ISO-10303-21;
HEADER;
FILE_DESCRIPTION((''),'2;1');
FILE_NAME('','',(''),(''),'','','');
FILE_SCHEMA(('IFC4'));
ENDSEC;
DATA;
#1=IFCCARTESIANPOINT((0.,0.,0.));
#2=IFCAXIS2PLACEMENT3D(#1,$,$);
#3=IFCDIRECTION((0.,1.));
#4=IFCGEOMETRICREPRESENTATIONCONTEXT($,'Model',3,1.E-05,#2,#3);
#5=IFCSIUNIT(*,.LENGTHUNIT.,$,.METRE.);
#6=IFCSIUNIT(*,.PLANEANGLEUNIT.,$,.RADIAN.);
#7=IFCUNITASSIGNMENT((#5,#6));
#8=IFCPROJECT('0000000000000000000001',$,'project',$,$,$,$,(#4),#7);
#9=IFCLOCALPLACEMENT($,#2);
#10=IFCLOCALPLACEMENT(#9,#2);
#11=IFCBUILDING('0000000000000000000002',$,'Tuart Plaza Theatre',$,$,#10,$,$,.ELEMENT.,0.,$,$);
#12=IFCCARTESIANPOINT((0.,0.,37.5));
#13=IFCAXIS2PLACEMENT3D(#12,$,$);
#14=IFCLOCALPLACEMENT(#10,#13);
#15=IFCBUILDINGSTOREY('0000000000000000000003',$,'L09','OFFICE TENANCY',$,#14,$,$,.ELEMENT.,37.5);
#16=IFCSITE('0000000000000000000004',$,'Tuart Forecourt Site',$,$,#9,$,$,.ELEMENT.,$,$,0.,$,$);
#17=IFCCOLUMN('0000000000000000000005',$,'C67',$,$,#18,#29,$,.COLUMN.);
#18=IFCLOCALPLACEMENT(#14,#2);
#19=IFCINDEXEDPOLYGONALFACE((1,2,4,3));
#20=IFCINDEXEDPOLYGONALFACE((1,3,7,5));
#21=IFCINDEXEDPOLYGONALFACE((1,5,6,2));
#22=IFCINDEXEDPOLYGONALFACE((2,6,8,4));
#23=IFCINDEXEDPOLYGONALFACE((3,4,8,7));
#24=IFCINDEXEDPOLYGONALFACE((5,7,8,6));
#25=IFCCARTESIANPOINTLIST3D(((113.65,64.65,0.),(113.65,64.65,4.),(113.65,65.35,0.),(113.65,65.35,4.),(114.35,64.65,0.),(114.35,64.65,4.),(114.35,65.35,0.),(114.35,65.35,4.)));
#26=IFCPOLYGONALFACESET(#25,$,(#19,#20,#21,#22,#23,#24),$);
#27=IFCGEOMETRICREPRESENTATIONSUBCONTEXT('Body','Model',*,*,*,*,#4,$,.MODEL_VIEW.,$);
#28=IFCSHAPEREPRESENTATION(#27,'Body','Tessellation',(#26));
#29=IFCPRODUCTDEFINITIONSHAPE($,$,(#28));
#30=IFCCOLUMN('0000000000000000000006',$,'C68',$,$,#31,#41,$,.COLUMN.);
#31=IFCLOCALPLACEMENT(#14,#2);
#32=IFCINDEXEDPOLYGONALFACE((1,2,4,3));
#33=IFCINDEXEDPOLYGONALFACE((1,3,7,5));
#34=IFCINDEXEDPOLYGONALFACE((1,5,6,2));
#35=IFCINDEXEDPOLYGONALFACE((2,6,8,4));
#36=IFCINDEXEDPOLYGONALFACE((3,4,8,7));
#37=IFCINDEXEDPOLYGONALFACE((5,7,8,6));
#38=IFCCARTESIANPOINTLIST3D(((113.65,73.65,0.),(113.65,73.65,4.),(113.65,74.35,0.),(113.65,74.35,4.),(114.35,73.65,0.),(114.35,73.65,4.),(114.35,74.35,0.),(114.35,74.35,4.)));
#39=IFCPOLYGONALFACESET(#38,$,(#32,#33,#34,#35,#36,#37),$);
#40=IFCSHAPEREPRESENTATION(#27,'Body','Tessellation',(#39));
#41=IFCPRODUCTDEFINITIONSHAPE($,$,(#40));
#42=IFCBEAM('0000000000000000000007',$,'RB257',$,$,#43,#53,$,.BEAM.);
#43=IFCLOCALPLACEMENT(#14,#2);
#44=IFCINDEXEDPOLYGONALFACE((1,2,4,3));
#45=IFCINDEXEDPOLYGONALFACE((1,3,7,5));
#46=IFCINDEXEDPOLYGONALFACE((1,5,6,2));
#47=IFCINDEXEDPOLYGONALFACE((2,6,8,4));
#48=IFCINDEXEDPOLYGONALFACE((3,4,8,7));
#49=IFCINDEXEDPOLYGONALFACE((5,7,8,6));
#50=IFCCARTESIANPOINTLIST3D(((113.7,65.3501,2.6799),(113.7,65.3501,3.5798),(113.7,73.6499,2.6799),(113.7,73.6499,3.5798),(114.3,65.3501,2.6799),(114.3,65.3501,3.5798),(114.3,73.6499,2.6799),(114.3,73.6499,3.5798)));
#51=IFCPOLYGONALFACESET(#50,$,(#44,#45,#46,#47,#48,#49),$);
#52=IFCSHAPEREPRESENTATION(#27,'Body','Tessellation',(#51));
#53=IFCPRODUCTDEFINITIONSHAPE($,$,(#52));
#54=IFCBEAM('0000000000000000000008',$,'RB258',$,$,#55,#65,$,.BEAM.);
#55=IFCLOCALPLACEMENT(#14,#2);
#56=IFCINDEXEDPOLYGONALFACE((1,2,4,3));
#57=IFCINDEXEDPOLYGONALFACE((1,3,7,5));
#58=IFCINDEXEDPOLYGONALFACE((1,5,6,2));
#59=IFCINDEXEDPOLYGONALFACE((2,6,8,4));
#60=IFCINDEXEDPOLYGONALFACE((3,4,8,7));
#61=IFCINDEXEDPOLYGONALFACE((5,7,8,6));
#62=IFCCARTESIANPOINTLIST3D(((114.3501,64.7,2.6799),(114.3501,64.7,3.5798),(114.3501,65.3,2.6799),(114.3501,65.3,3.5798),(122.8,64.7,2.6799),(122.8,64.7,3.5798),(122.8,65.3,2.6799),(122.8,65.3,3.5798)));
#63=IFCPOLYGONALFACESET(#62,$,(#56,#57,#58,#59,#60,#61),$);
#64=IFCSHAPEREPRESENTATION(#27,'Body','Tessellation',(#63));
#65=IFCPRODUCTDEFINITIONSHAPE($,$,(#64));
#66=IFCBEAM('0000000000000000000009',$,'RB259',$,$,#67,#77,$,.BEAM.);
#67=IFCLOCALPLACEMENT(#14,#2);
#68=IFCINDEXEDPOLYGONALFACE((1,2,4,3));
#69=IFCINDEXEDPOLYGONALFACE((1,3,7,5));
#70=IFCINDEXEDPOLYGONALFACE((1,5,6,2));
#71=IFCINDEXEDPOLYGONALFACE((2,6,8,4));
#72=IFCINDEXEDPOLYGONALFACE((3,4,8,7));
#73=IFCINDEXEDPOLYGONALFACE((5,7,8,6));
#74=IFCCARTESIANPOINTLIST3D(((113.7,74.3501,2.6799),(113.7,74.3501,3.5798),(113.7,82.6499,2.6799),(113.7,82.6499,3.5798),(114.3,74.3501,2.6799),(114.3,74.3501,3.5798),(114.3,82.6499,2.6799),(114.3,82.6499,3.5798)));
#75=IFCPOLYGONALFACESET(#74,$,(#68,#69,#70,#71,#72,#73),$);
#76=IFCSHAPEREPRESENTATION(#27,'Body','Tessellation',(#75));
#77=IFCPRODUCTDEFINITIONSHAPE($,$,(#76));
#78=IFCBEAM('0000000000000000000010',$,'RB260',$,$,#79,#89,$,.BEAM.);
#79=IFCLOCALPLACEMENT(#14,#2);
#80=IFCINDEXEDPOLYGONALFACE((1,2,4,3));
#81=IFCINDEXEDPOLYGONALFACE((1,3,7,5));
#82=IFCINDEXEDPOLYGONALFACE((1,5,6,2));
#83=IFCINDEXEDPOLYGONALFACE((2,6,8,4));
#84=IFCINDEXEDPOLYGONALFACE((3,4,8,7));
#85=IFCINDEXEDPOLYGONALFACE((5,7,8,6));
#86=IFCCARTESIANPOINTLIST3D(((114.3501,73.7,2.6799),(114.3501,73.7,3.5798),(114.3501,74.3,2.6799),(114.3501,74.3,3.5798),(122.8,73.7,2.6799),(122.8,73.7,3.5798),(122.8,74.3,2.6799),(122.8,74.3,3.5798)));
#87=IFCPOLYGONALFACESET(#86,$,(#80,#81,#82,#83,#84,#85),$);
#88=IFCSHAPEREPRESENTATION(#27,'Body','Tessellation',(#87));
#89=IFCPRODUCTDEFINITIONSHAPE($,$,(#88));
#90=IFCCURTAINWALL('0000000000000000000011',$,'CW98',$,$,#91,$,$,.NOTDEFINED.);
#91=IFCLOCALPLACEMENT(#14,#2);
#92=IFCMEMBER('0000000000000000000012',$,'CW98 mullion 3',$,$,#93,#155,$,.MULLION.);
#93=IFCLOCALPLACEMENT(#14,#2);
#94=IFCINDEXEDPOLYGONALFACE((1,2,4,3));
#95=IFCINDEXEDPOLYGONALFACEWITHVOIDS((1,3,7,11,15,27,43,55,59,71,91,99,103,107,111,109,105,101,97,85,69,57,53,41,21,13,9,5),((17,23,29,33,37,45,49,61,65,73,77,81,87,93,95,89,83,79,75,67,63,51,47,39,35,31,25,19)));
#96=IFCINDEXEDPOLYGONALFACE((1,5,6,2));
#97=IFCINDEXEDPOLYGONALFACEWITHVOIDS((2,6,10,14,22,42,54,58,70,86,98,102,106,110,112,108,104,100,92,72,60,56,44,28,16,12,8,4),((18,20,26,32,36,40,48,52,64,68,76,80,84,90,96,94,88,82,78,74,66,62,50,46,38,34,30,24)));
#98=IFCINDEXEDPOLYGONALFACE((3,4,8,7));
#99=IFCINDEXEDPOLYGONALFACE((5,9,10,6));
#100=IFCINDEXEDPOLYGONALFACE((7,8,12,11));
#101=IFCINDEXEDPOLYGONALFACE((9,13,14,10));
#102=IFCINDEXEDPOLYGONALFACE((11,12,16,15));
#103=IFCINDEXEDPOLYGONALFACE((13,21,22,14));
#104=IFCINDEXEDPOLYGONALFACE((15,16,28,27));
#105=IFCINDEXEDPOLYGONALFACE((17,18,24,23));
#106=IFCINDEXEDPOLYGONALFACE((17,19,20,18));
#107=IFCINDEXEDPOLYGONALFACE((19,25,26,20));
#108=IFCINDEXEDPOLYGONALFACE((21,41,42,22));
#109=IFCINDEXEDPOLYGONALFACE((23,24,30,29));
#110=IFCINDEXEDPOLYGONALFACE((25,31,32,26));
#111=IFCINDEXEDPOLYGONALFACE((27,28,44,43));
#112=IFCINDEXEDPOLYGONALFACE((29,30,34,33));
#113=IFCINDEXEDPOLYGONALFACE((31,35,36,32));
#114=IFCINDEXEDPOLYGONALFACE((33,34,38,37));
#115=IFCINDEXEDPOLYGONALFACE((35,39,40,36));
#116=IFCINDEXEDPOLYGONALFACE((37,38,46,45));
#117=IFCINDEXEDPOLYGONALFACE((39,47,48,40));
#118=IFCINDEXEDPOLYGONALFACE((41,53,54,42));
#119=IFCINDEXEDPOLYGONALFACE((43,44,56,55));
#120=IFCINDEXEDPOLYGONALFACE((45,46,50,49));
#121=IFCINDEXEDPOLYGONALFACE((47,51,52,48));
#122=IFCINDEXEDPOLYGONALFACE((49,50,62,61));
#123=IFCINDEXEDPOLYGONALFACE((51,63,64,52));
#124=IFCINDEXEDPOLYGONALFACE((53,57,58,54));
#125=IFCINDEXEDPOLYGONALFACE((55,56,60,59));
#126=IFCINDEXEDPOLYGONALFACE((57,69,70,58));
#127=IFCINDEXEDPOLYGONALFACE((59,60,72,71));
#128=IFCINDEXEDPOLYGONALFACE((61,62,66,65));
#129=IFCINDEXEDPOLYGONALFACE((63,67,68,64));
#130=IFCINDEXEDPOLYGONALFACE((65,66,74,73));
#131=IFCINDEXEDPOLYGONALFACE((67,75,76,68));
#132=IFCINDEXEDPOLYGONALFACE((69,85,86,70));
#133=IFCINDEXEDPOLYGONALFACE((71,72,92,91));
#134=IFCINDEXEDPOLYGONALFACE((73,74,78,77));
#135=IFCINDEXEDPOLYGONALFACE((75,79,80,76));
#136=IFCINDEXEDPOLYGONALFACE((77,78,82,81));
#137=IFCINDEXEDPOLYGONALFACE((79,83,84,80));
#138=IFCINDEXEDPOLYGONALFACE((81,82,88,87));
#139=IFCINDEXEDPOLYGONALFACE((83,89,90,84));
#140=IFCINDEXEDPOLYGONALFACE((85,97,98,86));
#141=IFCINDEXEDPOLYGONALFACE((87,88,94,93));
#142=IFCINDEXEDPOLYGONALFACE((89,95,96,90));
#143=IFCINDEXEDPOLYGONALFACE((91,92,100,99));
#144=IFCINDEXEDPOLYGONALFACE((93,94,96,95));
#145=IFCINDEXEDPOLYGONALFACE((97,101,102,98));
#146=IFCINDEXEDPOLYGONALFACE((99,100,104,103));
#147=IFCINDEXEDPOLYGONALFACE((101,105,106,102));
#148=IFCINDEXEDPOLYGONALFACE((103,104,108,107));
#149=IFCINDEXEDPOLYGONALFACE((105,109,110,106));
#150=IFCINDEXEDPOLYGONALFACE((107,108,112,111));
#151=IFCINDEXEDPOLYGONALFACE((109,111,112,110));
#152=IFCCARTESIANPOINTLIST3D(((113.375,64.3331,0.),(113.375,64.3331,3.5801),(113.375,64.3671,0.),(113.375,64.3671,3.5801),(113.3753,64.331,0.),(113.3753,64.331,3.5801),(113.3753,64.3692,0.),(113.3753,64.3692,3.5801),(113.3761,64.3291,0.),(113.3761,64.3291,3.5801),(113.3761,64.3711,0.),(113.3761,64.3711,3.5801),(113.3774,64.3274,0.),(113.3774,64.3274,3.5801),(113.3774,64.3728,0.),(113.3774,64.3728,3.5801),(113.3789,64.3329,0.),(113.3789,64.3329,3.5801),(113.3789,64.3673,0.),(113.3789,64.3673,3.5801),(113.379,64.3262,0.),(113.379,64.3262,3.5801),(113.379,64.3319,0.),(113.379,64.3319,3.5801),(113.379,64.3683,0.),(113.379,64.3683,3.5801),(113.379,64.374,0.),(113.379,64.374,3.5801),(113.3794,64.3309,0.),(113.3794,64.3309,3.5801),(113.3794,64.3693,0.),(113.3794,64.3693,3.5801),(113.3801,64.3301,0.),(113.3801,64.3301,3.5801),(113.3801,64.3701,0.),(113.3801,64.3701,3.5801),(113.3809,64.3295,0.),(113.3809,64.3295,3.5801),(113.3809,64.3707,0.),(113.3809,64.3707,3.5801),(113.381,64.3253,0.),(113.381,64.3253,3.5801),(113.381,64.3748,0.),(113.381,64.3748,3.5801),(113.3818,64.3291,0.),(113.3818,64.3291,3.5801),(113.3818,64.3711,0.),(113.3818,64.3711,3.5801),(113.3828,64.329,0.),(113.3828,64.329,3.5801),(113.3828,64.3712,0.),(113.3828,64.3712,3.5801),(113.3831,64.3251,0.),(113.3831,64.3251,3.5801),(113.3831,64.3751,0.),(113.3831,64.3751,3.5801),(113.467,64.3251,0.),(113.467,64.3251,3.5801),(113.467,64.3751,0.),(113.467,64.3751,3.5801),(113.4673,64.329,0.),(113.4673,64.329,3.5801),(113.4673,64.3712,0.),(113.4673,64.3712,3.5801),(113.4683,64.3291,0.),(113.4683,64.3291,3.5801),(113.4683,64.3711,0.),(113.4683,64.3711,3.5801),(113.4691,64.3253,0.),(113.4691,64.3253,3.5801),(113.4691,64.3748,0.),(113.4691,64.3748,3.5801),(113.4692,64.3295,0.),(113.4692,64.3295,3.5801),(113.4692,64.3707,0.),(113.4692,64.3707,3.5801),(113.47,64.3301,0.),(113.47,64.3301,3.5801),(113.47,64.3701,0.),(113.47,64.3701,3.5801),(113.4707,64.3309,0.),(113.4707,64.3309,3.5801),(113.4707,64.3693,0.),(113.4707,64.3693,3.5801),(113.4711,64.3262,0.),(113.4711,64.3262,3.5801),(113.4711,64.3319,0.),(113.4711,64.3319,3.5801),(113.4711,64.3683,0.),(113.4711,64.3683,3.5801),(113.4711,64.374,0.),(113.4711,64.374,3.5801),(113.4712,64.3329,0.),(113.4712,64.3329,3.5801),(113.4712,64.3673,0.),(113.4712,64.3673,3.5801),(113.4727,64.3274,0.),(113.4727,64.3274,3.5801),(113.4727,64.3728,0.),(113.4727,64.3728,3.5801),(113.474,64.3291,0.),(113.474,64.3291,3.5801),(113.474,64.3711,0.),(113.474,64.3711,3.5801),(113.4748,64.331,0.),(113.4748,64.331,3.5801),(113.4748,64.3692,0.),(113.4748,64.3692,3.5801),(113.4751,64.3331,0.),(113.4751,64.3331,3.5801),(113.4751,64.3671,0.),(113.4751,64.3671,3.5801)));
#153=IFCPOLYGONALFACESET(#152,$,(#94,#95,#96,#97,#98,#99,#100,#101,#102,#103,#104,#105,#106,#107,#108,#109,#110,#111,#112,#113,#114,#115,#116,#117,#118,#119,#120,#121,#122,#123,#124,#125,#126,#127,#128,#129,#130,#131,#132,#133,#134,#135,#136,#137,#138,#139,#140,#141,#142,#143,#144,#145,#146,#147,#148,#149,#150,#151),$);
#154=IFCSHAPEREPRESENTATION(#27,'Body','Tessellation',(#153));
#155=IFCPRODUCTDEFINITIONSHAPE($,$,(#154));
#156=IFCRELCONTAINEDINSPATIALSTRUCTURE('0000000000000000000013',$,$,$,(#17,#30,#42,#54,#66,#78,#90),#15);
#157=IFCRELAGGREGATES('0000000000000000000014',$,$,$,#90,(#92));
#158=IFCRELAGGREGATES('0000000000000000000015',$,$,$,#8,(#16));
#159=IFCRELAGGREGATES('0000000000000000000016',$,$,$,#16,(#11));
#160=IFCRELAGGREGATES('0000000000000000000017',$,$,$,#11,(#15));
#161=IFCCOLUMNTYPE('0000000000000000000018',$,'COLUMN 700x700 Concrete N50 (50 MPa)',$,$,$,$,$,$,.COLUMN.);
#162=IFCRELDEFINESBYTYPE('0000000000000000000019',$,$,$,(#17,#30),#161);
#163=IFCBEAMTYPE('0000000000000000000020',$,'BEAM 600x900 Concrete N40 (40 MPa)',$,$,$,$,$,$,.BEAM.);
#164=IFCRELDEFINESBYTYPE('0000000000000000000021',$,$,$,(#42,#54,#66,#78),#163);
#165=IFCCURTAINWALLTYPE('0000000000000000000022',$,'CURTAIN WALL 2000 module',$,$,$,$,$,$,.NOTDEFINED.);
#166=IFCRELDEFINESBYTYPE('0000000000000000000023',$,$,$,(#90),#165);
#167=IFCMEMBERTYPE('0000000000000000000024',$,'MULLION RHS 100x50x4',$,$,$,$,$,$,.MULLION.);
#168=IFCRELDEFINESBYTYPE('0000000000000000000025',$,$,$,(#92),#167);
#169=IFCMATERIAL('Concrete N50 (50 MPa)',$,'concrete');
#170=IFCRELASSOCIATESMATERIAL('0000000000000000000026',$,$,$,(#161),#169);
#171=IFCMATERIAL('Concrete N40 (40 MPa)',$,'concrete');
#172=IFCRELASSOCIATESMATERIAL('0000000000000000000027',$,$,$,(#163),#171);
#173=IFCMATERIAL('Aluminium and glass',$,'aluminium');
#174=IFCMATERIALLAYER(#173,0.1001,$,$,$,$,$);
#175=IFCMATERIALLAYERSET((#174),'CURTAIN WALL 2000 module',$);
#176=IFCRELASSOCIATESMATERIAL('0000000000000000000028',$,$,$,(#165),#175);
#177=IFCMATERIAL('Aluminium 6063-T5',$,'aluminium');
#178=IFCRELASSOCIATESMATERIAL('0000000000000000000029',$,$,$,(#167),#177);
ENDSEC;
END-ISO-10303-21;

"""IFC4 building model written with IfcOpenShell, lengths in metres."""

from ifc_helpers import new_model, si_unit, direction, frame, origin, origin_2d, place, context, subcontext, project, spatial, rectangle, hollow_rectangle, extrude, material, layer, layer_set, material_profile, profile_set, type_object, element, aggregate, save


model = new_model("IFC4")

# Units and contexts
model_context = context("Model", 3, precision=1e-05, world=origin(), true_north=direction((0.0, 1.0)))
body_context = subcontext(model_context, "Body", "Model", "MODEL_VIEW")
ifc_project = project(units=[si_unit("LENGTHUNIT", "METRE"), si_unit("PLANEANGLEUNIT", "RADIAN")], contexts=[model_context])

# Site, building, storey
site_placement = place(None, origin())
site = spatial("IfcSite", under=ifc_project, at=site_placement, Name="Tuart Forecourt Site", CompositionType="ELEMENT", RefElevation=0.0)
building_placement = place(site_placement, origin())
building = spatial("IfcBuilding", under=site, at=building_placement, Name="Tuart Plaza Theatre", CompositionType="ELEMENT", ElevationOfRefHeight=0.0)
storey_placement = place(building_placement, frame((0.0, 0.0, 37.5)))
storey = spatial("IfcBuildingStorey", under=building, at=storey_placement, Name="L09", Description="OFFICE TENANCY", CompositionType="ELEMENT", Elevation=37.5)

# Columns
ifc_material_1 = material(Name="Concrete N50 (50 MPa)", Category="concrete")
ifc_material_profile_1 = material_profile(ifc_material_1, rectangle(XDim=0.7, YDim=0.7, at=origin_2d()), Name="COLUMN 700x700 Concrete N50 (50 MPa)")
ifc_profile_set_1 = profile_set([ifc_material_profile_1], Name="Concrete N50 (50 MPa)")
column_type = type_object("IfcColumnType", Name="COLUMN 700x700 Concrete N50 (50 MPa)", PredefinedType="COLUMN", material=ifc_profile_set_1)
for number, where, z_axis, x_axis, name in (
    (1, (114.0, 65.0, 0.0), (0.0, 0.0, 1.0), (1.0, 0.0, 0.0), "C67"),
    (2, (114.0, 74.0, 0.0), (0.0, 0.0, 1.0), (1.0, 0.0, 0.0), "C68"),
):
    element("IfcColumn", number, at=place(storey_placement, frame(where, z_axis=z_axis, x_axis=x_axis)), inside=storey, type_object=column_type, Name=name, PredefinedType="COLUMN", context=body_context, shape_type="SweptSolid", body=[
        extrude(rectangle(XDim=0.7, YDim=0.7, at=origin_2d()), origin(), (0.0, 0.0, 1.0), 4.0),
    ])

# Beams
ifc_material_2 = material(Name="Concrete N40 (40 MPa)", Category="concrete")
ifc_material_profile_2 = material_profile(ifc_material_2, rectangle(XDim=0.6001, YDim=0.8999, at=origin_2d()), Name="BEAM 600x900 Concrete N40 (40 MPa)")
ifc_profile_set_2 = profile_set([ifc_material_profile_2], Name="Concrete N40 (40 MPa)")
beam_type = type_object("IfcBeamType", Name="BEAM 600x900 Concrete N40 (40 MPa)", PredefinedType="BEAM", material=ifc_profile_set_2)
beam_1_placement = place(storey_placement, frame((114.0, 65.3501, 3.1299), z_axis=(0.0, 1.0, 0.0), x_axis=(-1.0, 0.0, 0.0)))
element("IfcBeam", 3, at=beam_1_placement, inside=storey, type_object=beam_type, Name="RB257", PredefinedType="BEAM", context=body_context, shape_type="SweptSolid", body=[
    extrude(rectangle(XDim=0.6001, YDim=0.8999, at=origin_2d()), origin(), (0.0, 0.0, 1.0), 8.2998),
])
beam_2_placement = place(storey_placement, frame((114.3501, 65.0, 3.1299), z_axis=(1.0, 0.0, 0.0), x_axis=(0.0, 1.0, 0.0)))
element("IfcBeam", 4, at=beam_2_placement, inside=storey, type_object=beam_type, Name="RB258", PredefinedType="BEAM", context=body_context, shape_type="SweptSolid", body=[
    extrude(rectangle(XDim=0.6001, YDim=0.8999, at=origin_2d()), origin(), (0.0, 0.0, 1.0), 8.45),
])
beam_3_placement = place(storey_placement, frame((114.0, 74.3501, 3.1299), z_axis=(0.0, 1.0, 0.0), x_axis=(-1.0, 0.0, 0.0)))
element("IfcBeam", 5, at=beam_3_placement, inside=storey, type_object=beam_type, Name="RB259", PredefinedType="BEAM", context=body_context, shape_type="SweptSolid", body=[
    extrude(rectangle(XDim=0.6001, YDim=0.8999, at=origin_2d()), origin(), (0.0, 0.0, 1.0), 8.2998),
])
beam_4_placement = place(storey_placement, frame((114.3501, 74.0, 3.1299), z_axis=(1.0, 0.0, 0.0), x_axis=(0.0, 1.0, 0.0)))
element("IfcBeam", 6, at=beam_4_placement, inside=storey, type_object=beam_type, Name="RB260", PredefinedType="BEAM", context=body_context, shape_type="SweptSolid", body=[
    extrude(rectangle(XDim=0.6001, YDim=0.8999, at=origin_2d()), origin(), (0.0, 0.0, 1.0), 8.45),
])

# Curtain wall, member
ifc_material_3 = material(Name="Aluminium and glass", Category="aluminium")
ifc_layer_1 = layer(ifc_material_3, 0.1001)
ifc_layer_set_1 = layer_set([ifc_layer_1], Name="CURTAIN WALL 2000 module")
curtain_wall_type = type_object("IfcCurtainWallType", Name="CURTAIN WALL 2000 module", PredefinedType="NOTDEFINED", material=ifc_layer_set_1)
curtain_wall_1_placement = place(storey_placement, origin())
curtain_wall_1 = element("IfcCurtainWall", 7, at=curtain_wall_1_placement, inside=storey, type_object=curtain_wall_type, Name="CW98", PredefinedType="NOTDEFINED")
ifc_material_4 = material(Name="Aluminium 6063-T5", Category="aluminium")
ifc_material_profile_3 = material_profile(ifc_material_4, hollow_rectangle(XDim=0.05, YDim=0.1001, WallThickness=0.0039, InnerFilletRadius=0.0039, OuterFilletRadius=0.0081, at=origin_2d()), Name="RHS 100x50x4")
ifc_profile_set_3 = profile_set([ifc_material_profile_3], Name="Aluminium 6063-T5")
member_type_1 = type_object("IfcMemberType", Name="MULLION RHS 100x50x4", PredefinedType="MULLION", material=ifc_profile_set_3)
member_1_placement = place(storey_placement, frame((113.425, 64.3501, 0.0), z_axis=(0.0, 0.0, 1.0), x_axis=(0.0, 1.0, 0.0)))
member_1 = element("IfcMember", 8, at=member_1_placement, type_object=member_type_1, Name="CW98 mullion 3", PredefinedType="MULLION", context=body_context, shape_type="SweptSolid", body=[
    extrude(hollow_rectangle(XDim=0.05, YDim=0.1001, WallThickness=0.0039, InnerFilletRadius=0.0039, OuterFilletRadius=0.0081, at=origin_2d()), origin(), (0.0, 0.0, 1.0), 3.5801),
])
aggregate(curtain_wall_1, [member_1])

save(model, "model.ifc")
